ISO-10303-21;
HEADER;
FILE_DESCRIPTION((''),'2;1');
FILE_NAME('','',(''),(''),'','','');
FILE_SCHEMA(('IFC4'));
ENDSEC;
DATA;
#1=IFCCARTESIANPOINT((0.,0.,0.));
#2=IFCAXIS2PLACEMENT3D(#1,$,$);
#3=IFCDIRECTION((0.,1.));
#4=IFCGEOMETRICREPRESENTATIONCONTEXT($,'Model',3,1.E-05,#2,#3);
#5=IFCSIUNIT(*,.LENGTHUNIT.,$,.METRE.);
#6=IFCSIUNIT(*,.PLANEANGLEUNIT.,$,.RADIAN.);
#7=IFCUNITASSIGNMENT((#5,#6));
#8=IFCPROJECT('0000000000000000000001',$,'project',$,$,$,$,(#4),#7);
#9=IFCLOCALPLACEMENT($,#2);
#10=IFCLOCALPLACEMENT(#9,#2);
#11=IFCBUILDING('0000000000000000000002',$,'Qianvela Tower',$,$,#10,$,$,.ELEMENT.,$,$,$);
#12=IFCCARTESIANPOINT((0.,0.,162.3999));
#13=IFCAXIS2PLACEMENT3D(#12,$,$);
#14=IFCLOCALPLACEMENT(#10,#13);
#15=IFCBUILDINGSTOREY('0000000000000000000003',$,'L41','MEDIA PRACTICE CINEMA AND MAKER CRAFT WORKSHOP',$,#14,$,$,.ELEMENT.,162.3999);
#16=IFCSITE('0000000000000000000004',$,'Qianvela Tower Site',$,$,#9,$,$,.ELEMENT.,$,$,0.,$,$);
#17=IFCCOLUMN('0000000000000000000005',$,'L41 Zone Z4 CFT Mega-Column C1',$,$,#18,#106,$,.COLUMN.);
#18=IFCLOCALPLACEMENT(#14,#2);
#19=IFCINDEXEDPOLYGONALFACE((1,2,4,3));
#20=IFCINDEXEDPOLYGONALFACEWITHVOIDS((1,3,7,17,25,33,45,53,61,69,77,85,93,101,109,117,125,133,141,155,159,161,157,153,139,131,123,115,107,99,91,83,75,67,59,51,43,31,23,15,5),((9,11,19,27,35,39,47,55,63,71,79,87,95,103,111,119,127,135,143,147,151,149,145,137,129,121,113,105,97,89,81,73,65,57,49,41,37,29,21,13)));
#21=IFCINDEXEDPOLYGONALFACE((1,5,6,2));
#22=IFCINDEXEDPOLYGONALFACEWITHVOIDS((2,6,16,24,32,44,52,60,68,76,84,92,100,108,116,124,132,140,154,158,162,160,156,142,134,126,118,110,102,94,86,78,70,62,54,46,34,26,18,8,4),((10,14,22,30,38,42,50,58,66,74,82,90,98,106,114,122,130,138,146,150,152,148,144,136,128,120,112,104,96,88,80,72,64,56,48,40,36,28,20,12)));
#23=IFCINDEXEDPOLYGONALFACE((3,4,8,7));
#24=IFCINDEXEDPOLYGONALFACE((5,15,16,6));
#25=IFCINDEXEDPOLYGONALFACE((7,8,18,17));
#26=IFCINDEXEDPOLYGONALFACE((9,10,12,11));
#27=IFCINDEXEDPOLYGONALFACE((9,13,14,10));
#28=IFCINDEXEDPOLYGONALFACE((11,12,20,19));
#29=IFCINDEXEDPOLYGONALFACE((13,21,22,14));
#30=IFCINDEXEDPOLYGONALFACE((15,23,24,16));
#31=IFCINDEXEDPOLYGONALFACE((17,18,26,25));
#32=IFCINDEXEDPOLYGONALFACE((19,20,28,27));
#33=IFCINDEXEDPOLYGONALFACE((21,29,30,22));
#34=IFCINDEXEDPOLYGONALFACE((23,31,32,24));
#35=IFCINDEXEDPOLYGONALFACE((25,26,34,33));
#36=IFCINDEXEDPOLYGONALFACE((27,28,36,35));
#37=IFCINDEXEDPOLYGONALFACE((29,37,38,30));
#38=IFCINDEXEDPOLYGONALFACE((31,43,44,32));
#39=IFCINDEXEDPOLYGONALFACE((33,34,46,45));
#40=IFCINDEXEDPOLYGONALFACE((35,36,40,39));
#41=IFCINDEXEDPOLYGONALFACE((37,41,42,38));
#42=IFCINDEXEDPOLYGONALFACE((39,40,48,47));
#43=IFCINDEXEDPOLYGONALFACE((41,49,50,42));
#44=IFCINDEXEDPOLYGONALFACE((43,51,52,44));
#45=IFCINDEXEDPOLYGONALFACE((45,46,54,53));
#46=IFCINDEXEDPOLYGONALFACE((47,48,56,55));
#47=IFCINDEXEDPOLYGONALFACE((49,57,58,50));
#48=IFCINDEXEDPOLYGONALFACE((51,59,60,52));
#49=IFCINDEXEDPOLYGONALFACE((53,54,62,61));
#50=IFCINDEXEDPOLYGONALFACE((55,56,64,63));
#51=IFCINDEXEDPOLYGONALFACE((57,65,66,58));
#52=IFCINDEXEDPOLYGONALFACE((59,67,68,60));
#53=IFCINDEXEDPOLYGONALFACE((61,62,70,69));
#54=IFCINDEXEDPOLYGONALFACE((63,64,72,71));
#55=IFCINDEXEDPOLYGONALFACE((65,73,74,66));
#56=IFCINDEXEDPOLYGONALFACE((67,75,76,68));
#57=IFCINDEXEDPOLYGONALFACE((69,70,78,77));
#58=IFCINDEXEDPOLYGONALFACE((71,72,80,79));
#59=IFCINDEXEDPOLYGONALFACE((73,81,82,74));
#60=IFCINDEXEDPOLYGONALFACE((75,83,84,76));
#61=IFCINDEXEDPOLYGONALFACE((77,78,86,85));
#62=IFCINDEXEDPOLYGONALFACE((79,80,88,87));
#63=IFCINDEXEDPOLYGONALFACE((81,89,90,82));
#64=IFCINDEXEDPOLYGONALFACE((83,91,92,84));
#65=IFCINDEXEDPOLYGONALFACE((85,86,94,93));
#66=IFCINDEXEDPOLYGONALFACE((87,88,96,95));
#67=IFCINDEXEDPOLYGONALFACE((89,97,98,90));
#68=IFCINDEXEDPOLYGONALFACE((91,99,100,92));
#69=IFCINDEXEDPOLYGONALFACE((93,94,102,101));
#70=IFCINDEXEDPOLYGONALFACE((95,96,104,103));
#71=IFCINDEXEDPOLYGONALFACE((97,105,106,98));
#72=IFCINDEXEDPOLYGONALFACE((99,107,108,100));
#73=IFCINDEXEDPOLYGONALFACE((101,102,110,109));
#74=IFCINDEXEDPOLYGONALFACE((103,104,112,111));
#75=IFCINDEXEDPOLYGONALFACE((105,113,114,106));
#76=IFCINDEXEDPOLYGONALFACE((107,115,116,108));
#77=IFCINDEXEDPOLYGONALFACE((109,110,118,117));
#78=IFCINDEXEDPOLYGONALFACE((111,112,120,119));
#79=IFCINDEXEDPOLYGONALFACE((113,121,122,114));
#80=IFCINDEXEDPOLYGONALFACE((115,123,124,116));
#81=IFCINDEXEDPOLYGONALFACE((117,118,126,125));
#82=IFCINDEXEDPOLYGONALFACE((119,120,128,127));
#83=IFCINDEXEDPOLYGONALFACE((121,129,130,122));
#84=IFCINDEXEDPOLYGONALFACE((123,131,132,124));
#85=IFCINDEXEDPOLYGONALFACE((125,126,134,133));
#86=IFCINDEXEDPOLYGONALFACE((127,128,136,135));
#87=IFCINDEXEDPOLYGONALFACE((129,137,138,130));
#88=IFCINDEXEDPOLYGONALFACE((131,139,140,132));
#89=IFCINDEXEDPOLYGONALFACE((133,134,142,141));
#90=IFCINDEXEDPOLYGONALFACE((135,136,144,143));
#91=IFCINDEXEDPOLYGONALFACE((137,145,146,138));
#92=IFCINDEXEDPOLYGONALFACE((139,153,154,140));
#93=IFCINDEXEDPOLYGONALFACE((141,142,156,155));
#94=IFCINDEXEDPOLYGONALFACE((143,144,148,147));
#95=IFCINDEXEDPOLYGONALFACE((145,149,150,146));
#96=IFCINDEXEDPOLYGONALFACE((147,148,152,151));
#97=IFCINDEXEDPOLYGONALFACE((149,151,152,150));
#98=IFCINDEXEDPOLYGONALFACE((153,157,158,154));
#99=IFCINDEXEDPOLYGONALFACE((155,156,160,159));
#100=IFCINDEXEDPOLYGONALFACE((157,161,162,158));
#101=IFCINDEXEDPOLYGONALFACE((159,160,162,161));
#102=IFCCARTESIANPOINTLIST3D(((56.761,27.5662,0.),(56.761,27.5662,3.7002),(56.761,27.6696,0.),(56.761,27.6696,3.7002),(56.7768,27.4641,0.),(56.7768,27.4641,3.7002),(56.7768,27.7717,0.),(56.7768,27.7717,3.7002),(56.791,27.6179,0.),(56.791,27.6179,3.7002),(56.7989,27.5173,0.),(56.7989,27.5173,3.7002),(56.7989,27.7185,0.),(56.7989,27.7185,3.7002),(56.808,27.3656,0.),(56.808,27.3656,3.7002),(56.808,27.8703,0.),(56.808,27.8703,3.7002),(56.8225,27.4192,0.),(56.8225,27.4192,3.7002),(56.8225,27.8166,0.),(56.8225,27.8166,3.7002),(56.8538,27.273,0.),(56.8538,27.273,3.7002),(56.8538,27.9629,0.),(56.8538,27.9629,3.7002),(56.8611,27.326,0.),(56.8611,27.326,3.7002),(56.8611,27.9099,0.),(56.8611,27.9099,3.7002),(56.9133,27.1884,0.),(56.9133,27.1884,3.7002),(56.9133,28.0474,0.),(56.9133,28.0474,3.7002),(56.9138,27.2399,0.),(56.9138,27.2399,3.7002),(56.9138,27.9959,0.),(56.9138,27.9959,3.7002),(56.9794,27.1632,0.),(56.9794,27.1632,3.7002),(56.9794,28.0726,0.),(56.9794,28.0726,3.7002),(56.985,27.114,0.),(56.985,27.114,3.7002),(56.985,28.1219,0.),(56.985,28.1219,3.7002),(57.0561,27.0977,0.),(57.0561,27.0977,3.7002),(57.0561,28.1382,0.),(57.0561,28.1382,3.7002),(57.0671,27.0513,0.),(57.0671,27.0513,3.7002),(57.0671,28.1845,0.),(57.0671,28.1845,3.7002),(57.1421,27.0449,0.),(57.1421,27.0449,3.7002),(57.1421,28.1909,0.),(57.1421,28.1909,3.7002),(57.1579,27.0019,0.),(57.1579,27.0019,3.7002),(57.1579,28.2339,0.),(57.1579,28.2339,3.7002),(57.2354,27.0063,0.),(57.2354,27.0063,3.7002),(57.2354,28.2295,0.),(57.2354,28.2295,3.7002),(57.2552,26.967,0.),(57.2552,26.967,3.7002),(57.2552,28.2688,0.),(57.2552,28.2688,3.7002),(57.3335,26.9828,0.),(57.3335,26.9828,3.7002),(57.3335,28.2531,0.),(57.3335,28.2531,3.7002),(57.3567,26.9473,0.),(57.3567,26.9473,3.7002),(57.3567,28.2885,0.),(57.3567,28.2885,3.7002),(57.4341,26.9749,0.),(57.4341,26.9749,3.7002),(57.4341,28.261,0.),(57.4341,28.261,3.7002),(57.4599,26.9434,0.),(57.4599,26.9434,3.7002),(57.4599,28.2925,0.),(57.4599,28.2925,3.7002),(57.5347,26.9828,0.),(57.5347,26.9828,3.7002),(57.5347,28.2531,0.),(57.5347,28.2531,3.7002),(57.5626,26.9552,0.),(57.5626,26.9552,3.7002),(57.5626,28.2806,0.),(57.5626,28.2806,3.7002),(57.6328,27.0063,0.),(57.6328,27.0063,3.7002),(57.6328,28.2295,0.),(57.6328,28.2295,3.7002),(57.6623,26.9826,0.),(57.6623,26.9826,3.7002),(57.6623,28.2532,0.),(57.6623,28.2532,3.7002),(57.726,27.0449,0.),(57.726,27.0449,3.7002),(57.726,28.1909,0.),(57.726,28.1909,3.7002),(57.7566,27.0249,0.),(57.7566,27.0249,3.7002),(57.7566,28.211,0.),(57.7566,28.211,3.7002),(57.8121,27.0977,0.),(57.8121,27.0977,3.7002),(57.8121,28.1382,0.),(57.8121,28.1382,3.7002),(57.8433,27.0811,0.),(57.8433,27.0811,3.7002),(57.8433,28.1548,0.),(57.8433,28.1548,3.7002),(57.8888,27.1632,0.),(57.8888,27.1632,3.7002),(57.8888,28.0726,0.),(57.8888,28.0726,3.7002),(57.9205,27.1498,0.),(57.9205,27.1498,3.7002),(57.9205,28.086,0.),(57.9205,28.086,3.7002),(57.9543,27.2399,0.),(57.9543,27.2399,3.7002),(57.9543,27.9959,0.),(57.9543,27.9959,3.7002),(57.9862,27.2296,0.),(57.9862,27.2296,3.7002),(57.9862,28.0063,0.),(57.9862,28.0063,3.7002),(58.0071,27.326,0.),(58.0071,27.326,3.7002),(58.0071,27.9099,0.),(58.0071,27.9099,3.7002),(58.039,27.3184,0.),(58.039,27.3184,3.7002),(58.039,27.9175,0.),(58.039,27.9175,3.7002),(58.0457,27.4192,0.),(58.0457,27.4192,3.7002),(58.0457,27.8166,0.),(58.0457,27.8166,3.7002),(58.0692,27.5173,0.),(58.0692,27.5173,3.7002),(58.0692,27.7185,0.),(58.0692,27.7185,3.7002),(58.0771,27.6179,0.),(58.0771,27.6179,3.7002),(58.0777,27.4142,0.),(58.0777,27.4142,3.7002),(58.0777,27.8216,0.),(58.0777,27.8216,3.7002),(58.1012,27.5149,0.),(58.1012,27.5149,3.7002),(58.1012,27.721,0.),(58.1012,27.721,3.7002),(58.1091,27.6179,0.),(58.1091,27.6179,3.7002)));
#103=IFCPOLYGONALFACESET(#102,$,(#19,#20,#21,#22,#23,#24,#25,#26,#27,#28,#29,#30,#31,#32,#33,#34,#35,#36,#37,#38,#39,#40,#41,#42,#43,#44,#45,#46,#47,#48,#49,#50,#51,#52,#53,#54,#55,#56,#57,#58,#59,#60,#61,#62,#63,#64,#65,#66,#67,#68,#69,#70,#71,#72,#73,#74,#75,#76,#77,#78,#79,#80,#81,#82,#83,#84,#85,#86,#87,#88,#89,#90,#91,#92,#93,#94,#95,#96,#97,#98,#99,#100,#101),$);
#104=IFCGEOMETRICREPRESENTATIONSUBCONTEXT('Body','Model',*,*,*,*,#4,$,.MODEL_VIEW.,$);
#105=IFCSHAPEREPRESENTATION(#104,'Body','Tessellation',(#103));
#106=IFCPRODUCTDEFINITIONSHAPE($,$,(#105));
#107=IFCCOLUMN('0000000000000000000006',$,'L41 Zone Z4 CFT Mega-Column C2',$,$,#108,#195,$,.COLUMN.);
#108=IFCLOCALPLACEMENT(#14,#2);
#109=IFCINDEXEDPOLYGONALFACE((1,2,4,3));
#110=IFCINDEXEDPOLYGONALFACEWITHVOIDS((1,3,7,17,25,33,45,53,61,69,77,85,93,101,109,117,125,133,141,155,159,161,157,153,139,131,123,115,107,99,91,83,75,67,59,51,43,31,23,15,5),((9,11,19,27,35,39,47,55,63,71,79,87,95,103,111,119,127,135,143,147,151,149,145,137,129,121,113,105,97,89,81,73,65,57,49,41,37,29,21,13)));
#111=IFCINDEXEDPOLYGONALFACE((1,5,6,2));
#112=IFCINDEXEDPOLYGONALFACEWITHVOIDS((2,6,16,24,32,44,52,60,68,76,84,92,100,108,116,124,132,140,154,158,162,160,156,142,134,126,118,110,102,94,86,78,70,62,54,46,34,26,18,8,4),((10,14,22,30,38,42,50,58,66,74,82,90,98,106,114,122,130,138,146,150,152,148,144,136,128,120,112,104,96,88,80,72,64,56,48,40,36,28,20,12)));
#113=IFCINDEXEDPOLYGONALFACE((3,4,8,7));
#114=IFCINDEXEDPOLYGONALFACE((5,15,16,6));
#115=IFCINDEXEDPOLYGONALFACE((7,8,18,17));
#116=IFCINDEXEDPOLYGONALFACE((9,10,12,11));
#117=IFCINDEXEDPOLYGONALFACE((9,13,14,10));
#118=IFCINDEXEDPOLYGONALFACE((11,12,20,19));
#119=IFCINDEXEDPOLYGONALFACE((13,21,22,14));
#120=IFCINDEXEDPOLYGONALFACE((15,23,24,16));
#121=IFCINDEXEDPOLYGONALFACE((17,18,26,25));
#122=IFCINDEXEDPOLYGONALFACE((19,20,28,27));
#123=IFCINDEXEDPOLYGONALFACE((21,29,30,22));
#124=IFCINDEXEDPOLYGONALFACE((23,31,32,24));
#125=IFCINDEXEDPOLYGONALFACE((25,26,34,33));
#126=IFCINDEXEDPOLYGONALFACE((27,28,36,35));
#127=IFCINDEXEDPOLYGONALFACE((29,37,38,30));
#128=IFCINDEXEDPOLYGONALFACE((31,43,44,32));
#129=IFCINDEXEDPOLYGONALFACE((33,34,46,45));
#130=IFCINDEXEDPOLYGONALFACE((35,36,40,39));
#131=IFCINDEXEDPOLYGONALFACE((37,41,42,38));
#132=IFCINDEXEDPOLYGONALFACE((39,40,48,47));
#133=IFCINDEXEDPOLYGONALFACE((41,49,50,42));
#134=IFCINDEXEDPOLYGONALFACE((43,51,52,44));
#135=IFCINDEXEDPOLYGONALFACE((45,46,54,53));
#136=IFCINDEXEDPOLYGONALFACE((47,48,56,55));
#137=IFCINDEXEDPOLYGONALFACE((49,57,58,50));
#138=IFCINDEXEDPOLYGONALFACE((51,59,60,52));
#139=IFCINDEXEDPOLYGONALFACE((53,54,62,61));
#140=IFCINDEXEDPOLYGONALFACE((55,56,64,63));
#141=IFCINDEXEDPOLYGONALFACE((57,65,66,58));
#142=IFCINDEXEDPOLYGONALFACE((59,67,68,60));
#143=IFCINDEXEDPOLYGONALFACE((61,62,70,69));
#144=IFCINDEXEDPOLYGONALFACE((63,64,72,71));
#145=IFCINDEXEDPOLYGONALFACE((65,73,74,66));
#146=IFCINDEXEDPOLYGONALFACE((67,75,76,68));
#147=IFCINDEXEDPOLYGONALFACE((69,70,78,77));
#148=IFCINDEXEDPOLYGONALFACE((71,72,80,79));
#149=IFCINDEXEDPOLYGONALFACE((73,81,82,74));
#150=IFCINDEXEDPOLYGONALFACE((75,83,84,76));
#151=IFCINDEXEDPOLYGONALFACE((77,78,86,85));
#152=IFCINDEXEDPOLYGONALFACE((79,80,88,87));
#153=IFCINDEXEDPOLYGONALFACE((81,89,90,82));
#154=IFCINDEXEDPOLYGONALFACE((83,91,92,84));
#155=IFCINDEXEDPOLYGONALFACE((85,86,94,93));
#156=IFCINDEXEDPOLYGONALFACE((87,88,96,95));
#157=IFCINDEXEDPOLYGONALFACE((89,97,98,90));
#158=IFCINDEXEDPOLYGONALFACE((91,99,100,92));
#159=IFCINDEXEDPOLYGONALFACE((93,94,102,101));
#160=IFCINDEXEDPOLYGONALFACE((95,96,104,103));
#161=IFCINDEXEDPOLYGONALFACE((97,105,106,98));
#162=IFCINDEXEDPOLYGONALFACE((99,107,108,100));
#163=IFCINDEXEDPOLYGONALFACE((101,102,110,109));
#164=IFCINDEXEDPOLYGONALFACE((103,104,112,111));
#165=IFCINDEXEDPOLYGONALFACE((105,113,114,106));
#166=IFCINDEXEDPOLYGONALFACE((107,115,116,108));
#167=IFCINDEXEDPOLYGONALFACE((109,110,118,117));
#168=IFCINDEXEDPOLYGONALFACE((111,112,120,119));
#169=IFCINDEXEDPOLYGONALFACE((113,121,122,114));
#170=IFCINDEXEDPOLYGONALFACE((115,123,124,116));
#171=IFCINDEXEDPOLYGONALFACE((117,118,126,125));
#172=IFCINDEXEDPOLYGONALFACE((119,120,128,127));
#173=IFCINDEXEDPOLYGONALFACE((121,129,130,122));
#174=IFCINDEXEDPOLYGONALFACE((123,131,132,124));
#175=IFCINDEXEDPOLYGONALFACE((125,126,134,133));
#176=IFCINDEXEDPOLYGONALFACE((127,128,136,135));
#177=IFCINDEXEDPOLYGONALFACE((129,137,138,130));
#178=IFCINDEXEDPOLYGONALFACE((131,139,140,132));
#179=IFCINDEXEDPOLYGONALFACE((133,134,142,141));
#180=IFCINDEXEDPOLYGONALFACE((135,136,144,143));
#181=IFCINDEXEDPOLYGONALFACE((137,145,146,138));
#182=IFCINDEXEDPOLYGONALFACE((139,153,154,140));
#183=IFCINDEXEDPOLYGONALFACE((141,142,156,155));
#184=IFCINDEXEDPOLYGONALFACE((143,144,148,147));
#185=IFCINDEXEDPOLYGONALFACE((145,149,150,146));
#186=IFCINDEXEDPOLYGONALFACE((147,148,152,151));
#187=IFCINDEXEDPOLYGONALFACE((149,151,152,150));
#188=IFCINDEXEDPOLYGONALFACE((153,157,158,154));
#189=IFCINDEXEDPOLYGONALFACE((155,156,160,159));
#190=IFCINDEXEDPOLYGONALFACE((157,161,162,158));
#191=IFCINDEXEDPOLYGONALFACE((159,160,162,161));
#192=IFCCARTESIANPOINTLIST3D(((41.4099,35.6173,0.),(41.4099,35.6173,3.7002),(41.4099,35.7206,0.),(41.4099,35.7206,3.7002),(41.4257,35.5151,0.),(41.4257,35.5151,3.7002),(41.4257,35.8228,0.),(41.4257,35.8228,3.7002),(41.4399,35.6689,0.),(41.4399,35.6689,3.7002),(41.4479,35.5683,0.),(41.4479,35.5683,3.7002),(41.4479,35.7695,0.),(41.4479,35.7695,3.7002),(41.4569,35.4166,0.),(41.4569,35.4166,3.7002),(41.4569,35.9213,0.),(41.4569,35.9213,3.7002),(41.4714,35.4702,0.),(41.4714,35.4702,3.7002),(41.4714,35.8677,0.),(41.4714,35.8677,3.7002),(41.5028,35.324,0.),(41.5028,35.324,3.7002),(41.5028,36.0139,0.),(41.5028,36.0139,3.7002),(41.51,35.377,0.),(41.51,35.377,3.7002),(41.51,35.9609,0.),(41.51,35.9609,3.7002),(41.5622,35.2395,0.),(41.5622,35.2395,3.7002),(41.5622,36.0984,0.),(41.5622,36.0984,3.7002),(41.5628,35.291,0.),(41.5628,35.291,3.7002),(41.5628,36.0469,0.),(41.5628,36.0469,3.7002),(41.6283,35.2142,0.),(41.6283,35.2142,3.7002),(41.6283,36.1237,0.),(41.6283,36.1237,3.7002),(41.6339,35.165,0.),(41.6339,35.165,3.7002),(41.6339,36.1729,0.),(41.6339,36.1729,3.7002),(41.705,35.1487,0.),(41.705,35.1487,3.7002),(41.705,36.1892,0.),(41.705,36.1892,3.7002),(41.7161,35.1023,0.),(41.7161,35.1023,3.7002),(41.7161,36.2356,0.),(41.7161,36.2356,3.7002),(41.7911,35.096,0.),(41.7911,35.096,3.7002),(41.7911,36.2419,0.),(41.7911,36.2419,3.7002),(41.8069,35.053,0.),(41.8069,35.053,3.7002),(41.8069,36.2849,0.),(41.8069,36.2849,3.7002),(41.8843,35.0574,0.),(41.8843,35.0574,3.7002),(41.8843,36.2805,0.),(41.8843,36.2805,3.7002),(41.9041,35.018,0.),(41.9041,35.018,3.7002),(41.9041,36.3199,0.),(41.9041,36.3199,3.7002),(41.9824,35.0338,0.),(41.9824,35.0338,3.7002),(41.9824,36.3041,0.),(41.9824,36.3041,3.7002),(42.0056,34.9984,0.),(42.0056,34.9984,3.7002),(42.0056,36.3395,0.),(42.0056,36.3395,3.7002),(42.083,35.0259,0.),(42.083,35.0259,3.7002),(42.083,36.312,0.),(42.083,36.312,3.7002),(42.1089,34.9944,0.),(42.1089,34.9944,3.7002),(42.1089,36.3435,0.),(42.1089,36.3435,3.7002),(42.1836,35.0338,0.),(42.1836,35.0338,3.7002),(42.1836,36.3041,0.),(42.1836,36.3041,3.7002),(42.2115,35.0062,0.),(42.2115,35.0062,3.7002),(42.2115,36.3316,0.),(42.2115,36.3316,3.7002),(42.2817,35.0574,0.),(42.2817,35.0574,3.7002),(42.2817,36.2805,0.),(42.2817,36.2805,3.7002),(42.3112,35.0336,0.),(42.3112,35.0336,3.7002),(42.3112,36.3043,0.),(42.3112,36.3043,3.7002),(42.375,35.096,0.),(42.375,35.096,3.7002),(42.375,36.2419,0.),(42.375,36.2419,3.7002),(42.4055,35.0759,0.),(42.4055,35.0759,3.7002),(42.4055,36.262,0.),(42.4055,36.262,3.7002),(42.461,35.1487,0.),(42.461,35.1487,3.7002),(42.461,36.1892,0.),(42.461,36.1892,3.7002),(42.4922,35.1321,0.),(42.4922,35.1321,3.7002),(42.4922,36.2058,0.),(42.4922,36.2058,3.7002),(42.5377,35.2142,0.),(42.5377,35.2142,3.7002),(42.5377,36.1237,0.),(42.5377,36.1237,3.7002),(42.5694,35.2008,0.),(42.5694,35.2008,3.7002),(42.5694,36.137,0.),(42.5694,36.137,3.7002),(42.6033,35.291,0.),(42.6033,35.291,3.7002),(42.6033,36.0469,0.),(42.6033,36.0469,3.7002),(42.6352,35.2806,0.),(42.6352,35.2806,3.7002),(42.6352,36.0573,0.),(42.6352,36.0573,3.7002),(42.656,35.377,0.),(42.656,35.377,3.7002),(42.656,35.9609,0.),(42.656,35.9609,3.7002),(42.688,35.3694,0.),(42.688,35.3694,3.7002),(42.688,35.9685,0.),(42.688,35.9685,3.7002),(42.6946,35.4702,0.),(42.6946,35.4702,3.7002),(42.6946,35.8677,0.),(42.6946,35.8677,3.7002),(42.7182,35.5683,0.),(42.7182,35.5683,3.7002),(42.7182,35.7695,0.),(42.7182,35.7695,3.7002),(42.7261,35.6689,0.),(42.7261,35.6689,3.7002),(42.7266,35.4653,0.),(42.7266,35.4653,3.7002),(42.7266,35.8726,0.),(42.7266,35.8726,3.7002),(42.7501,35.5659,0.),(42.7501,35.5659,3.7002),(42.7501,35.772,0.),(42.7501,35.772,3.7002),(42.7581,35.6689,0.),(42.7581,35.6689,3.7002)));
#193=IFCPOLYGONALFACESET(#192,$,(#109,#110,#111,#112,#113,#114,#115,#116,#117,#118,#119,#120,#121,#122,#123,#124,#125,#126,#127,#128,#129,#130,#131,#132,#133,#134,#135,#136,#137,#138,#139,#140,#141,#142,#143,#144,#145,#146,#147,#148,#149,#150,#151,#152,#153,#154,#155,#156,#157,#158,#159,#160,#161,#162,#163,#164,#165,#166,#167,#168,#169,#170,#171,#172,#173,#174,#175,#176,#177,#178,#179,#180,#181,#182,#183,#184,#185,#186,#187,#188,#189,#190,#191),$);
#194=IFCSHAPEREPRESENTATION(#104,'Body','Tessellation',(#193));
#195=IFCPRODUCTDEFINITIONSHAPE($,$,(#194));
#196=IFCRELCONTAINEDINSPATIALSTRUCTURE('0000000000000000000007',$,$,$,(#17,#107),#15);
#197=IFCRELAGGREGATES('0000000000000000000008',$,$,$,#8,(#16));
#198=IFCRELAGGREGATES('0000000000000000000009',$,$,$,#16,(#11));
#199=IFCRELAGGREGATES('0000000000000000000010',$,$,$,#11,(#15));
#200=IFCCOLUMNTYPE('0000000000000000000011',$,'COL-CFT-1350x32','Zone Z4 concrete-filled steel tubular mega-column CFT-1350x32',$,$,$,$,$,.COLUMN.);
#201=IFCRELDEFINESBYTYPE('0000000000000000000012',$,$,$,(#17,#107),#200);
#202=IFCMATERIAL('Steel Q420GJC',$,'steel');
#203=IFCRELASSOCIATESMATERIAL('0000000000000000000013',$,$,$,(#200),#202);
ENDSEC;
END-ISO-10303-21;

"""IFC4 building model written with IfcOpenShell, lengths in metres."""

from ifc_helpers import new_model, si_unit, direction, frame, origin, origin_2d, place, context, subcontext, project, spatial, hollow_circle, extrude, material, material_profile, profile_set, type_object, element, save


model = new_model("IFC4")

# Units and contexts
model_context = context("Model", 3, precision=1e-05, world=origin(), true_north=direction((0.0, 1.0)))
body_context = subcontext(model_context, "Body", "Model", "MODEL_VIEW")
ifc_project = project(units=[si_unit("LENGTHUNIT", "METRE"), si_unit("PLANEANGLEUNIT", "RADIAN")], contexts=[model_context])

# Site, building, storey
site_placement = place(None, origin())
site = spatial("IfcSite", under=ifc_project, at=site_placement, Name="Qianvela Tower Site", CompositionType="ELEMENT", RefElevation=0.0)
building_placement = place(site_placement, origin())
building = spatial("IfcBuilding", under=site, at=building_placement, Name="Qianvela Tower", CompositionType="ELEMENT")
storey_placement = place(building_placement, frame((0.0, 0.0, 162.3999)))
storey = spatial("IfcBuildingStorey", under=building, at=storey_placement, Name="L41", Description="MEDIA PRACTICE CINEMA AND MAKER CRAFT WORKSHOP", CompositionType="ELEMENT", Elevation=162.3999)

# Columns
ifc_material_1 = material(Name="Steel Q420GJC", Category="steel")
ifc_material_profile_1 = material_profile(ifc_material_1, hollow_circle(Radius=0.675, WallThickness=0.032, at=origin_2d()), Name="CFT-1350x32")
ifc_profile_set_1 = profile_set([ifc_material_profile_1], Name="Steel Q420GJC")
column_type = type_object("IfcColumnType", Name="COL-CFT-1350x32", Description="Zone Z4 concrete-filled steel tubular mega-column CFT-1350x32", PredefinedType="COLUMN", material=ifc_profile_set_1)
for number, where, z_axis, x_axis, name in (
    (1, (57.4341, 27.6179, 0.0), (0.0, 0.0, 1.0), (1.0, 0.0, 0.0), "L41 Zone Z4 CFT Mega-Column C1"),
    (2, (42.083, 35.6689, 0.0), (0.0, 0.0, 1.0), (1.0, 0.0, 0.0), "L41 Zone Z4 CFT Mega-Column C2"),
):
    element("IfcColumn", number, at=place(storey_placement, frame(where, z_axis=z_axis, x_axis=x_axis)), inside=storey, type_object=column_type, Name=name, PredefinedType="COLUMN", context=body_context, shape_type="SweptSolid", body=[
        extrude(hollow_circle(Radius=0.675, WallThickness=0.032, at=origin_2d()), origin(), (0.0, 0.0, 1.0), 3.7002),
    ])

save(model, "model.ifc")
